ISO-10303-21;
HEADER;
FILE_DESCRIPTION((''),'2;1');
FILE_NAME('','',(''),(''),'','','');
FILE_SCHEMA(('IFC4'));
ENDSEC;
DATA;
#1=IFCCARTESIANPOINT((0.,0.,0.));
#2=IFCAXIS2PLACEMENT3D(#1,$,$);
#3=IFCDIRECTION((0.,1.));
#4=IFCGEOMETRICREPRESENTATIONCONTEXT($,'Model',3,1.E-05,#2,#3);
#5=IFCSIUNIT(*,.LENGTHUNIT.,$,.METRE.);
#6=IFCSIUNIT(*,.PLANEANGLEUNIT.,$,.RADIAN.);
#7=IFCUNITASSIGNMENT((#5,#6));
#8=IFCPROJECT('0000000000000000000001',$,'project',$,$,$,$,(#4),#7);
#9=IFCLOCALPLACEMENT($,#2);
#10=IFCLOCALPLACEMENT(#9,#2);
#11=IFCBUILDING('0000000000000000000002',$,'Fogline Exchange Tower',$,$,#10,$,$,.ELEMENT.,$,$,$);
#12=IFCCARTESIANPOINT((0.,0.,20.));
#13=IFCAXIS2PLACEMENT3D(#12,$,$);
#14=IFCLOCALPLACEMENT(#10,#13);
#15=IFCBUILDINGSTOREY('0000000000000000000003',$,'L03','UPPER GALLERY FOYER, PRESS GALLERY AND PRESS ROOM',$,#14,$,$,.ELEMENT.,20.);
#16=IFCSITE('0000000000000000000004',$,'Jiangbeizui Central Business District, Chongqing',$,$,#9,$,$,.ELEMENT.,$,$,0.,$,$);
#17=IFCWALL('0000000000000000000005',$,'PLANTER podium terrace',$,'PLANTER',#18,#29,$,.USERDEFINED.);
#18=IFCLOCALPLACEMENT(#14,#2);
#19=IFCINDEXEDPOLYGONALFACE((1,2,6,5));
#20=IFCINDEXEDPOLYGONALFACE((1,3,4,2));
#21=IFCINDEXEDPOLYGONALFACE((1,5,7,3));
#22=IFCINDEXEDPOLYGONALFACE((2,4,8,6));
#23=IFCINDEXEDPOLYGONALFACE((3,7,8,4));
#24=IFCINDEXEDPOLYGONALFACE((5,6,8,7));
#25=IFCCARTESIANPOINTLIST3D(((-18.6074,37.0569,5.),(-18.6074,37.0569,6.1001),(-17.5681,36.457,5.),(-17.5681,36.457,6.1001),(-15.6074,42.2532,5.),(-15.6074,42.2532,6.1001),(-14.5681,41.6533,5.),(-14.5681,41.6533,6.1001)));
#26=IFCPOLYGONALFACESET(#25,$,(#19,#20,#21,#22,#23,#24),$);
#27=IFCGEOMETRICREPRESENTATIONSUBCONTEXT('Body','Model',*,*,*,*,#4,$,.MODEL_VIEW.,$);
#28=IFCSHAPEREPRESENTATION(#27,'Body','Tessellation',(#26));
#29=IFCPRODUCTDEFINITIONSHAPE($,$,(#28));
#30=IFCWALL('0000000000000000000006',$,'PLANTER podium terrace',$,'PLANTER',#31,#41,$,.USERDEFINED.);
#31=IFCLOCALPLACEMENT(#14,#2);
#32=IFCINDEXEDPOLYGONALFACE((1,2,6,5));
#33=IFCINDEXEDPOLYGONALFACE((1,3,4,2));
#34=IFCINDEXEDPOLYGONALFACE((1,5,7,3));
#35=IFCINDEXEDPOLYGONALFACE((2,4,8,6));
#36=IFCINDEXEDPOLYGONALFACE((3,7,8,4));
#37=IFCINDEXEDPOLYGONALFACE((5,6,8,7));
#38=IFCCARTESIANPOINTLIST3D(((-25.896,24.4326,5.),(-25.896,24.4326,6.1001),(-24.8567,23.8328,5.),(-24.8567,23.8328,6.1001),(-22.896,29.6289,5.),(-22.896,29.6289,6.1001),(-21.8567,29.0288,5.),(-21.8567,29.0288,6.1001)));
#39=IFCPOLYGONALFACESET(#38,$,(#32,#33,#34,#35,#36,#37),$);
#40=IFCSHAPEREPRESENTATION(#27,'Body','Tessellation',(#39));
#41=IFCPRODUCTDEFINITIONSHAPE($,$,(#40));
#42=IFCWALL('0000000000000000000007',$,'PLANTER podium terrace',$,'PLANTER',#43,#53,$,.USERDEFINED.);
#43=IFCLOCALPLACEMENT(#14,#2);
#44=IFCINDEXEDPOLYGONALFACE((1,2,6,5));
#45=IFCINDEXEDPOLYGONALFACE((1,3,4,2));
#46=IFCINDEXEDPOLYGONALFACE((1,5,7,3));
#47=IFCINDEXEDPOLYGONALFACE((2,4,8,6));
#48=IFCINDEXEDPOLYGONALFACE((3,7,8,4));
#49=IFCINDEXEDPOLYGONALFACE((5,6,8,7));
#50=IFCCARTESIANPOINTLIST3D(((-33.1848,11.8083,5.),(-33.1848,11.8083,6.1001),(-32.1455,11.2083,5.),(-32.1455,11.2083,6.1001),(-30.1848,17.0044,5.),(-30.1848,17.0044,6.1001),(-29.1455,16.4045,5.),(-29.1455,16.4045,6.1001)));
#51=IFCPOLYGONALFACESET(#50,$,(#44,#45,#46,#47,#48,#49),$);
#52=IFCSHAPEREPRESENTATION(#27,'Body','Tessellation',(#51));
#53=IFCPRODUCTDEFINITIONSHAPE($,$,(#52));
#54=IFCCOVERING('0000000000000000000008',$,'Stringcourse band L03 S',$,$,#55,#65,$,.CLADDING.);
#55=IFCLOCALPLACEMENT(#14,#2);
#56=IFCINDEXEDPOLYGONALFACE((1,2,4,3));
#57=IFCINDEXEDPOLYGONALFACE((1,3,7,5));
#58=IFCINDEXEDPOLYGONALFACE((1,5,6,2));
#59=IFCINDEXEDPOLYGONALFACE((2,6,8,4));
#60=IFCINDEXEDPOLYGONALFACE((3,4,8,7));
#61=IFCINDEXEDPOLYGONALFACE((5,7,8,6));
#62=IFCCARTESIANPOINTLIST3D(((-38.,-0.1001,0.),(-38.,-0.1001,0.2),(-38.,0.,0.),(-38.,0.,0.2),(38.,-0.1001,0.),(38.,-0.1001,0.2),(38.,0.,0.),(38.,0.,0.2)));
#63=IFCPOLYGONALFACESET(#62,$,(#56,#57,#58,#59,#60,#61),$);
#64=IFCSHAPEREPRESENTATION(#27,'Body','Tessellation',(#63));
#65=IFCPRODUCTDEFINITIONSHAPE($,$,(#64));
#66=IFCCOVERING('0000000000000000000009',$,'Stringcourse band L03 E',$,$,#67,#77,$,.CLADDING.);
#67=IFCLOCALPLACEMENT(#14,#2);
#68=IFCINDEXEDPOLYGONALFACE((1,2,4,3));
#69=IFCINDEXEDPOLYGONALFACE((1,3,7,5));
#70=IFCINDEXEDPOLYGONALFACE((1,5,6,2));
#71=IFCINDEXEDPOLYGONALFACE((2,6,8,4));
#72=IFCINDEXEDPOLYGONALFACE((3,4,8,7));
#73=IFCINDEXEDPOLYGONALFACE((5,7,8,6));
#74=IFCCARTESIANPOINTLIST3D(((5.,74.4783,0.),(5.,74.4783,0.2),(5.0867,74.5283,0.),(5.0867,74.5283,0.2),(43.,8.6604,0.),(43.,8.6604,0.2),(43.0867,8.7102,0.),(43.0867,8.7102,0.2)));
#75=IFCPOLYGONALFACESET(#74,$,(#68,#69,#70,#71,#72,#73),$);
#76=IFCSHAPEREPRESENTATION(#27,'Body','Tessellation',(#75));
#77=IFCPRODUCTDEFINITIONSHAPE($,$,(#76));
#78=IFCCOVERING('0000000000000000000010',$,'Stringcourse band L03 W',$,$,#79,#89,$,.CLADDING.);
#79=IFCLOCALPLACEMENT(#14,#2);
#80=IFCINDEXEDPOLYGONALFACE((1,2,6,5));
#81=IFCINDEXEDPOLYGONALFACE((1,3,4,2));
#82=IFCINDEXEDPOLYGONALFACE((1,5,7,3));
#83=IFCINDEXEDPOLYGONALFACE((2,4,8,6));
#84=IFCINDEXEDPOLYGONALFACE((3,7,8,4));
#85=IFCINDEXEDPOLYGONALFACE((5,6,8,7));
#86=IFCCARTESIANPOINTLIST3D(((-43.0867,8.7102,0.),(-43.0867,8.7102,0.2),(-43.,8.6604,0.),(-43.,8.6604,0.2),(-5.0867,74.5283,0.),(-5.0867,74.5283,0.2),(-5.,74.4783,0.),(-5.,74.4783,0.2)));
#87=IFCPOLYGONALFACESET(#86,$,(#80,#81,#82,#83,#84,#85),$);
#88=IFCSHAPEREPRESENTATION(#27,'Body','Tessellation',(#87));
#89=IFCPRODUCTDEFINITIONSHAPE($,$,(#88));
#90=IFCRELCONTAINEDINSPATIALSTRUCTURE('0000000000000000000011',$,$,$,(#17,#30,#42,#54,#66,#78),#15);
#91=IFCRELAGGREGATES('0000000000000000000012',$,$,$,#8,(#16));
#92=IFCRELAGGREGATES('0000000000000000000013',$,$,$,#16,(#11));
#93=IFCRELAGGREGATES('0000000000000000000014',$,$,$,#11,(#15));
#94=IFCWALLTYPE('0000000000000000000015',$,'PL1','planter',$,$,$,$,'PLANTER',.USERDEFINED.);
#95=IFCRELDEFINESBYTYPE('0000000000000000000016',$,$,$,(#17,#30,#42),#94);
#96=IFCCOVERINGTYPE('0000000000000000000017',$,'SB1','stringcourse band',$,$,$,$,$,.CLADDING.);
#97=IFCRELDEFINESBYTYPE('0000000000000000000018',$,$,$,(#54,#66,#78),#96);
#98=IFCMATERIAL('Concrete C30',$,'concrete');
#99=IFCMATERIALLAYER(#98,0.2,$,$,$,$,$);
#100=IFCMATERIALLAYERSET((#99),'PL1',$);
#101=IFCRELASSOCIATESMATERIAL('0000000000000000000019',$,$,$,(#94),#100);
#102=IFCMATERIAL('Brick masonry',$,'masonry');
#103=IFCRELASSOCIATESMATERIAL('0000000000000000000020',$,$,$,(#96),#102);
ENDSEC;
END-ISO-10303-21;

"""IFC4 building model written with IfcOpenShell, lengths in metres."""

from ifc_helpers import new_model, si_unit, direction, frame, origin, place, context, subcontext, project, spatial, polyline, outline, extrude, material, layer, layer_set, type_object, element, save


model = new_model("IFC4")

# Units and contexts
model_context = context("Model", 3, precision=1e-05, world=origin(), true_north=direction((0.0, 1.0)))
body_context = subcontext(model_context, "Body", "Model", "MODEL_VIEW")
ifc_project = project(units=[si_unit("LENGTHUNIT", "METRE"), si_unit("PLANEANGLEUNIT", "RADIAN")], contexts=[model_context])

# Site, building, storey
site_placement = place(None, origin())
site = spatial("IfcSite", under=ifc_project, at=site_placement, Name="Jiangbeizui Central Business District, Chongqing", CompositionType="ELEMENT", RefElevation=0.0)
building_placement = place(site_placement, origin())
building = spatial("IfcBuilding", under=site, at=building_placement, Name="Fogline Exchange Tower", CompositionType="ELEMENT")
storey_placement = place(building_placement, frame((0.0, 0.0, 20.0)))
storey = spatial("IfcBuildingStorey", under=building, at=storey_placement, Name="L03", Description="UPPER GALLERY FOYER, PRESS GALLERY AND PRESS ROOM", CompositionType="ELEMENT", Elevation=20.0)

# Walls
ifc_material_1 = material(Name="Concrete C30", Category="concrete")
ifc_layer = layer(ifc_material_1, 0.2)
ifc_layer_set = layer_set([ifc_layer], Name="PL1")
wall_type = type_object("IfcWallType", Name="PL1", Description="planter", ElementType="PLANTER", PredefinedType="USERDEFINED", material=ifc_layer_set)
wall_1_placement = place(storey_placement, frame((0.0, 0.0, 5.0)))
element("IfcWall", 1, at=wall_1_placement, inside=storey, type_object=wall_type, Name="PLANTER podium terrace", ObjectType="PLANTER", PredefinedType="USERDEFINED", context=body_context, shape_type="SweptSolid", body=[
    extrude(outline(polyline([(-14.5681, 41.6533), (-15.6074, 42.2532), (-18.6074, 37.0569), (-17.5681, 36.457), (-14.5681, 41.6533)])), origin(), (0.0, 0.0, 1.0), 1.1001),
])
wall_2_placement = place(storey_placement, frame((0.0, 0.0, 5.0)))
element("IfcWall", 2, at=wall_2_placement, inside=storey, type_object=wall_type, Name="PLANTER podium terrace", ObjectType="PLANTER", PredefinedType="USERDEFINED", context=body_context, shape_type="SweptSolid", body=[
    extrude(outline(polyline([(-21.8567, 29.0288), (-22.896, 29.6289), (-25.896, 24.4326), (-24.8567, 23.8328), (-21.8567, 29.0288)])), origin(), (0.0, 0.0, 1.0), 1.1001),
])
wall_3_placement = place(storey_placement, frame((0.0, 0.0, 5.0)))
element("IfcWall", 3, at=wall_3_placement, inside=storey, type_object=wall_type, Name="PLANTER podium terrace", ObjectType="PLANTER", PredefinedType="USERDEFINED", context=body_context, shape_type="SweptSolid", body=[
    extrude(outline(polyline([(-29.1455, 16.4045), (-30.1848, 17.0044), (-33.1848, 11.8083), (-32.1455, 11.2083), (-29.1455, 16.4045)])), origin(), (0.0, 0.0, 1.0), 1.1001),
])

# Coverings
ifc_material_2 = material(Name="Brick masonry", Category="masonry")
covering_type = type_object("IfcCoveringType", Name="SB1", Description="stringcourse band", PredefinedType="CLADDING", material=ifc_material_2)
covering_1_placement = place(storey_placement, origin())
element("IfcCovering", 4, at=covering_1_placement, inside=storey, type_object=covering_type, Name="Stringcourse band L03 S", PredefinedType="CLADDING", context=body_context, shape_type="SweptSolid", body=[
    extrude(outline(polyline([(-38.0, 0.0), (-38.0, -0.1001), (38.0, -0.1001), (38.0, 0.0), (-38.0, 0.0)])), origin(), (0.0, 0.0, 1.0), 0.2),
])
covering_2_placement = place(storey_placement, origin())
element("IfcCovering", 5, at=covering_2_placement, inside=storey, type_object=covering_type, Name="Stringcourse band L03 E", PredefinedType="CLADDING", context=body_context, shape_type="SweptSolid", body=[
    extrude(outline(polyline([(43.0, 8.6604), (43.0867, 8.7102), (5.0867, 74.5283), (5.0, 74.4783), (43.0, 8.6604)])), origin(), (0.0, 0.0, 1.0), 0.2),
])
covering_3_placement = place(storey_placement, origin())
element("IfcCovering", 6, at=covering_3_placement, inside=storey, type_object=covering_type, Name="Stringcourse band L03 W", PredefinedType="CLADDING", context=body_context, shape_type="SweptSolid", body=[
    extrude(outline(polyline([(-5.0, 74.4783), (-5.0867, 74.5283), (-43.0867, 8.7102), (-43.0, 8.6604), (-5.0, 74.4783)])), origin(), (0.0, 0.0, 1.0), 0.2),
])

save(model, "model.ifc")
